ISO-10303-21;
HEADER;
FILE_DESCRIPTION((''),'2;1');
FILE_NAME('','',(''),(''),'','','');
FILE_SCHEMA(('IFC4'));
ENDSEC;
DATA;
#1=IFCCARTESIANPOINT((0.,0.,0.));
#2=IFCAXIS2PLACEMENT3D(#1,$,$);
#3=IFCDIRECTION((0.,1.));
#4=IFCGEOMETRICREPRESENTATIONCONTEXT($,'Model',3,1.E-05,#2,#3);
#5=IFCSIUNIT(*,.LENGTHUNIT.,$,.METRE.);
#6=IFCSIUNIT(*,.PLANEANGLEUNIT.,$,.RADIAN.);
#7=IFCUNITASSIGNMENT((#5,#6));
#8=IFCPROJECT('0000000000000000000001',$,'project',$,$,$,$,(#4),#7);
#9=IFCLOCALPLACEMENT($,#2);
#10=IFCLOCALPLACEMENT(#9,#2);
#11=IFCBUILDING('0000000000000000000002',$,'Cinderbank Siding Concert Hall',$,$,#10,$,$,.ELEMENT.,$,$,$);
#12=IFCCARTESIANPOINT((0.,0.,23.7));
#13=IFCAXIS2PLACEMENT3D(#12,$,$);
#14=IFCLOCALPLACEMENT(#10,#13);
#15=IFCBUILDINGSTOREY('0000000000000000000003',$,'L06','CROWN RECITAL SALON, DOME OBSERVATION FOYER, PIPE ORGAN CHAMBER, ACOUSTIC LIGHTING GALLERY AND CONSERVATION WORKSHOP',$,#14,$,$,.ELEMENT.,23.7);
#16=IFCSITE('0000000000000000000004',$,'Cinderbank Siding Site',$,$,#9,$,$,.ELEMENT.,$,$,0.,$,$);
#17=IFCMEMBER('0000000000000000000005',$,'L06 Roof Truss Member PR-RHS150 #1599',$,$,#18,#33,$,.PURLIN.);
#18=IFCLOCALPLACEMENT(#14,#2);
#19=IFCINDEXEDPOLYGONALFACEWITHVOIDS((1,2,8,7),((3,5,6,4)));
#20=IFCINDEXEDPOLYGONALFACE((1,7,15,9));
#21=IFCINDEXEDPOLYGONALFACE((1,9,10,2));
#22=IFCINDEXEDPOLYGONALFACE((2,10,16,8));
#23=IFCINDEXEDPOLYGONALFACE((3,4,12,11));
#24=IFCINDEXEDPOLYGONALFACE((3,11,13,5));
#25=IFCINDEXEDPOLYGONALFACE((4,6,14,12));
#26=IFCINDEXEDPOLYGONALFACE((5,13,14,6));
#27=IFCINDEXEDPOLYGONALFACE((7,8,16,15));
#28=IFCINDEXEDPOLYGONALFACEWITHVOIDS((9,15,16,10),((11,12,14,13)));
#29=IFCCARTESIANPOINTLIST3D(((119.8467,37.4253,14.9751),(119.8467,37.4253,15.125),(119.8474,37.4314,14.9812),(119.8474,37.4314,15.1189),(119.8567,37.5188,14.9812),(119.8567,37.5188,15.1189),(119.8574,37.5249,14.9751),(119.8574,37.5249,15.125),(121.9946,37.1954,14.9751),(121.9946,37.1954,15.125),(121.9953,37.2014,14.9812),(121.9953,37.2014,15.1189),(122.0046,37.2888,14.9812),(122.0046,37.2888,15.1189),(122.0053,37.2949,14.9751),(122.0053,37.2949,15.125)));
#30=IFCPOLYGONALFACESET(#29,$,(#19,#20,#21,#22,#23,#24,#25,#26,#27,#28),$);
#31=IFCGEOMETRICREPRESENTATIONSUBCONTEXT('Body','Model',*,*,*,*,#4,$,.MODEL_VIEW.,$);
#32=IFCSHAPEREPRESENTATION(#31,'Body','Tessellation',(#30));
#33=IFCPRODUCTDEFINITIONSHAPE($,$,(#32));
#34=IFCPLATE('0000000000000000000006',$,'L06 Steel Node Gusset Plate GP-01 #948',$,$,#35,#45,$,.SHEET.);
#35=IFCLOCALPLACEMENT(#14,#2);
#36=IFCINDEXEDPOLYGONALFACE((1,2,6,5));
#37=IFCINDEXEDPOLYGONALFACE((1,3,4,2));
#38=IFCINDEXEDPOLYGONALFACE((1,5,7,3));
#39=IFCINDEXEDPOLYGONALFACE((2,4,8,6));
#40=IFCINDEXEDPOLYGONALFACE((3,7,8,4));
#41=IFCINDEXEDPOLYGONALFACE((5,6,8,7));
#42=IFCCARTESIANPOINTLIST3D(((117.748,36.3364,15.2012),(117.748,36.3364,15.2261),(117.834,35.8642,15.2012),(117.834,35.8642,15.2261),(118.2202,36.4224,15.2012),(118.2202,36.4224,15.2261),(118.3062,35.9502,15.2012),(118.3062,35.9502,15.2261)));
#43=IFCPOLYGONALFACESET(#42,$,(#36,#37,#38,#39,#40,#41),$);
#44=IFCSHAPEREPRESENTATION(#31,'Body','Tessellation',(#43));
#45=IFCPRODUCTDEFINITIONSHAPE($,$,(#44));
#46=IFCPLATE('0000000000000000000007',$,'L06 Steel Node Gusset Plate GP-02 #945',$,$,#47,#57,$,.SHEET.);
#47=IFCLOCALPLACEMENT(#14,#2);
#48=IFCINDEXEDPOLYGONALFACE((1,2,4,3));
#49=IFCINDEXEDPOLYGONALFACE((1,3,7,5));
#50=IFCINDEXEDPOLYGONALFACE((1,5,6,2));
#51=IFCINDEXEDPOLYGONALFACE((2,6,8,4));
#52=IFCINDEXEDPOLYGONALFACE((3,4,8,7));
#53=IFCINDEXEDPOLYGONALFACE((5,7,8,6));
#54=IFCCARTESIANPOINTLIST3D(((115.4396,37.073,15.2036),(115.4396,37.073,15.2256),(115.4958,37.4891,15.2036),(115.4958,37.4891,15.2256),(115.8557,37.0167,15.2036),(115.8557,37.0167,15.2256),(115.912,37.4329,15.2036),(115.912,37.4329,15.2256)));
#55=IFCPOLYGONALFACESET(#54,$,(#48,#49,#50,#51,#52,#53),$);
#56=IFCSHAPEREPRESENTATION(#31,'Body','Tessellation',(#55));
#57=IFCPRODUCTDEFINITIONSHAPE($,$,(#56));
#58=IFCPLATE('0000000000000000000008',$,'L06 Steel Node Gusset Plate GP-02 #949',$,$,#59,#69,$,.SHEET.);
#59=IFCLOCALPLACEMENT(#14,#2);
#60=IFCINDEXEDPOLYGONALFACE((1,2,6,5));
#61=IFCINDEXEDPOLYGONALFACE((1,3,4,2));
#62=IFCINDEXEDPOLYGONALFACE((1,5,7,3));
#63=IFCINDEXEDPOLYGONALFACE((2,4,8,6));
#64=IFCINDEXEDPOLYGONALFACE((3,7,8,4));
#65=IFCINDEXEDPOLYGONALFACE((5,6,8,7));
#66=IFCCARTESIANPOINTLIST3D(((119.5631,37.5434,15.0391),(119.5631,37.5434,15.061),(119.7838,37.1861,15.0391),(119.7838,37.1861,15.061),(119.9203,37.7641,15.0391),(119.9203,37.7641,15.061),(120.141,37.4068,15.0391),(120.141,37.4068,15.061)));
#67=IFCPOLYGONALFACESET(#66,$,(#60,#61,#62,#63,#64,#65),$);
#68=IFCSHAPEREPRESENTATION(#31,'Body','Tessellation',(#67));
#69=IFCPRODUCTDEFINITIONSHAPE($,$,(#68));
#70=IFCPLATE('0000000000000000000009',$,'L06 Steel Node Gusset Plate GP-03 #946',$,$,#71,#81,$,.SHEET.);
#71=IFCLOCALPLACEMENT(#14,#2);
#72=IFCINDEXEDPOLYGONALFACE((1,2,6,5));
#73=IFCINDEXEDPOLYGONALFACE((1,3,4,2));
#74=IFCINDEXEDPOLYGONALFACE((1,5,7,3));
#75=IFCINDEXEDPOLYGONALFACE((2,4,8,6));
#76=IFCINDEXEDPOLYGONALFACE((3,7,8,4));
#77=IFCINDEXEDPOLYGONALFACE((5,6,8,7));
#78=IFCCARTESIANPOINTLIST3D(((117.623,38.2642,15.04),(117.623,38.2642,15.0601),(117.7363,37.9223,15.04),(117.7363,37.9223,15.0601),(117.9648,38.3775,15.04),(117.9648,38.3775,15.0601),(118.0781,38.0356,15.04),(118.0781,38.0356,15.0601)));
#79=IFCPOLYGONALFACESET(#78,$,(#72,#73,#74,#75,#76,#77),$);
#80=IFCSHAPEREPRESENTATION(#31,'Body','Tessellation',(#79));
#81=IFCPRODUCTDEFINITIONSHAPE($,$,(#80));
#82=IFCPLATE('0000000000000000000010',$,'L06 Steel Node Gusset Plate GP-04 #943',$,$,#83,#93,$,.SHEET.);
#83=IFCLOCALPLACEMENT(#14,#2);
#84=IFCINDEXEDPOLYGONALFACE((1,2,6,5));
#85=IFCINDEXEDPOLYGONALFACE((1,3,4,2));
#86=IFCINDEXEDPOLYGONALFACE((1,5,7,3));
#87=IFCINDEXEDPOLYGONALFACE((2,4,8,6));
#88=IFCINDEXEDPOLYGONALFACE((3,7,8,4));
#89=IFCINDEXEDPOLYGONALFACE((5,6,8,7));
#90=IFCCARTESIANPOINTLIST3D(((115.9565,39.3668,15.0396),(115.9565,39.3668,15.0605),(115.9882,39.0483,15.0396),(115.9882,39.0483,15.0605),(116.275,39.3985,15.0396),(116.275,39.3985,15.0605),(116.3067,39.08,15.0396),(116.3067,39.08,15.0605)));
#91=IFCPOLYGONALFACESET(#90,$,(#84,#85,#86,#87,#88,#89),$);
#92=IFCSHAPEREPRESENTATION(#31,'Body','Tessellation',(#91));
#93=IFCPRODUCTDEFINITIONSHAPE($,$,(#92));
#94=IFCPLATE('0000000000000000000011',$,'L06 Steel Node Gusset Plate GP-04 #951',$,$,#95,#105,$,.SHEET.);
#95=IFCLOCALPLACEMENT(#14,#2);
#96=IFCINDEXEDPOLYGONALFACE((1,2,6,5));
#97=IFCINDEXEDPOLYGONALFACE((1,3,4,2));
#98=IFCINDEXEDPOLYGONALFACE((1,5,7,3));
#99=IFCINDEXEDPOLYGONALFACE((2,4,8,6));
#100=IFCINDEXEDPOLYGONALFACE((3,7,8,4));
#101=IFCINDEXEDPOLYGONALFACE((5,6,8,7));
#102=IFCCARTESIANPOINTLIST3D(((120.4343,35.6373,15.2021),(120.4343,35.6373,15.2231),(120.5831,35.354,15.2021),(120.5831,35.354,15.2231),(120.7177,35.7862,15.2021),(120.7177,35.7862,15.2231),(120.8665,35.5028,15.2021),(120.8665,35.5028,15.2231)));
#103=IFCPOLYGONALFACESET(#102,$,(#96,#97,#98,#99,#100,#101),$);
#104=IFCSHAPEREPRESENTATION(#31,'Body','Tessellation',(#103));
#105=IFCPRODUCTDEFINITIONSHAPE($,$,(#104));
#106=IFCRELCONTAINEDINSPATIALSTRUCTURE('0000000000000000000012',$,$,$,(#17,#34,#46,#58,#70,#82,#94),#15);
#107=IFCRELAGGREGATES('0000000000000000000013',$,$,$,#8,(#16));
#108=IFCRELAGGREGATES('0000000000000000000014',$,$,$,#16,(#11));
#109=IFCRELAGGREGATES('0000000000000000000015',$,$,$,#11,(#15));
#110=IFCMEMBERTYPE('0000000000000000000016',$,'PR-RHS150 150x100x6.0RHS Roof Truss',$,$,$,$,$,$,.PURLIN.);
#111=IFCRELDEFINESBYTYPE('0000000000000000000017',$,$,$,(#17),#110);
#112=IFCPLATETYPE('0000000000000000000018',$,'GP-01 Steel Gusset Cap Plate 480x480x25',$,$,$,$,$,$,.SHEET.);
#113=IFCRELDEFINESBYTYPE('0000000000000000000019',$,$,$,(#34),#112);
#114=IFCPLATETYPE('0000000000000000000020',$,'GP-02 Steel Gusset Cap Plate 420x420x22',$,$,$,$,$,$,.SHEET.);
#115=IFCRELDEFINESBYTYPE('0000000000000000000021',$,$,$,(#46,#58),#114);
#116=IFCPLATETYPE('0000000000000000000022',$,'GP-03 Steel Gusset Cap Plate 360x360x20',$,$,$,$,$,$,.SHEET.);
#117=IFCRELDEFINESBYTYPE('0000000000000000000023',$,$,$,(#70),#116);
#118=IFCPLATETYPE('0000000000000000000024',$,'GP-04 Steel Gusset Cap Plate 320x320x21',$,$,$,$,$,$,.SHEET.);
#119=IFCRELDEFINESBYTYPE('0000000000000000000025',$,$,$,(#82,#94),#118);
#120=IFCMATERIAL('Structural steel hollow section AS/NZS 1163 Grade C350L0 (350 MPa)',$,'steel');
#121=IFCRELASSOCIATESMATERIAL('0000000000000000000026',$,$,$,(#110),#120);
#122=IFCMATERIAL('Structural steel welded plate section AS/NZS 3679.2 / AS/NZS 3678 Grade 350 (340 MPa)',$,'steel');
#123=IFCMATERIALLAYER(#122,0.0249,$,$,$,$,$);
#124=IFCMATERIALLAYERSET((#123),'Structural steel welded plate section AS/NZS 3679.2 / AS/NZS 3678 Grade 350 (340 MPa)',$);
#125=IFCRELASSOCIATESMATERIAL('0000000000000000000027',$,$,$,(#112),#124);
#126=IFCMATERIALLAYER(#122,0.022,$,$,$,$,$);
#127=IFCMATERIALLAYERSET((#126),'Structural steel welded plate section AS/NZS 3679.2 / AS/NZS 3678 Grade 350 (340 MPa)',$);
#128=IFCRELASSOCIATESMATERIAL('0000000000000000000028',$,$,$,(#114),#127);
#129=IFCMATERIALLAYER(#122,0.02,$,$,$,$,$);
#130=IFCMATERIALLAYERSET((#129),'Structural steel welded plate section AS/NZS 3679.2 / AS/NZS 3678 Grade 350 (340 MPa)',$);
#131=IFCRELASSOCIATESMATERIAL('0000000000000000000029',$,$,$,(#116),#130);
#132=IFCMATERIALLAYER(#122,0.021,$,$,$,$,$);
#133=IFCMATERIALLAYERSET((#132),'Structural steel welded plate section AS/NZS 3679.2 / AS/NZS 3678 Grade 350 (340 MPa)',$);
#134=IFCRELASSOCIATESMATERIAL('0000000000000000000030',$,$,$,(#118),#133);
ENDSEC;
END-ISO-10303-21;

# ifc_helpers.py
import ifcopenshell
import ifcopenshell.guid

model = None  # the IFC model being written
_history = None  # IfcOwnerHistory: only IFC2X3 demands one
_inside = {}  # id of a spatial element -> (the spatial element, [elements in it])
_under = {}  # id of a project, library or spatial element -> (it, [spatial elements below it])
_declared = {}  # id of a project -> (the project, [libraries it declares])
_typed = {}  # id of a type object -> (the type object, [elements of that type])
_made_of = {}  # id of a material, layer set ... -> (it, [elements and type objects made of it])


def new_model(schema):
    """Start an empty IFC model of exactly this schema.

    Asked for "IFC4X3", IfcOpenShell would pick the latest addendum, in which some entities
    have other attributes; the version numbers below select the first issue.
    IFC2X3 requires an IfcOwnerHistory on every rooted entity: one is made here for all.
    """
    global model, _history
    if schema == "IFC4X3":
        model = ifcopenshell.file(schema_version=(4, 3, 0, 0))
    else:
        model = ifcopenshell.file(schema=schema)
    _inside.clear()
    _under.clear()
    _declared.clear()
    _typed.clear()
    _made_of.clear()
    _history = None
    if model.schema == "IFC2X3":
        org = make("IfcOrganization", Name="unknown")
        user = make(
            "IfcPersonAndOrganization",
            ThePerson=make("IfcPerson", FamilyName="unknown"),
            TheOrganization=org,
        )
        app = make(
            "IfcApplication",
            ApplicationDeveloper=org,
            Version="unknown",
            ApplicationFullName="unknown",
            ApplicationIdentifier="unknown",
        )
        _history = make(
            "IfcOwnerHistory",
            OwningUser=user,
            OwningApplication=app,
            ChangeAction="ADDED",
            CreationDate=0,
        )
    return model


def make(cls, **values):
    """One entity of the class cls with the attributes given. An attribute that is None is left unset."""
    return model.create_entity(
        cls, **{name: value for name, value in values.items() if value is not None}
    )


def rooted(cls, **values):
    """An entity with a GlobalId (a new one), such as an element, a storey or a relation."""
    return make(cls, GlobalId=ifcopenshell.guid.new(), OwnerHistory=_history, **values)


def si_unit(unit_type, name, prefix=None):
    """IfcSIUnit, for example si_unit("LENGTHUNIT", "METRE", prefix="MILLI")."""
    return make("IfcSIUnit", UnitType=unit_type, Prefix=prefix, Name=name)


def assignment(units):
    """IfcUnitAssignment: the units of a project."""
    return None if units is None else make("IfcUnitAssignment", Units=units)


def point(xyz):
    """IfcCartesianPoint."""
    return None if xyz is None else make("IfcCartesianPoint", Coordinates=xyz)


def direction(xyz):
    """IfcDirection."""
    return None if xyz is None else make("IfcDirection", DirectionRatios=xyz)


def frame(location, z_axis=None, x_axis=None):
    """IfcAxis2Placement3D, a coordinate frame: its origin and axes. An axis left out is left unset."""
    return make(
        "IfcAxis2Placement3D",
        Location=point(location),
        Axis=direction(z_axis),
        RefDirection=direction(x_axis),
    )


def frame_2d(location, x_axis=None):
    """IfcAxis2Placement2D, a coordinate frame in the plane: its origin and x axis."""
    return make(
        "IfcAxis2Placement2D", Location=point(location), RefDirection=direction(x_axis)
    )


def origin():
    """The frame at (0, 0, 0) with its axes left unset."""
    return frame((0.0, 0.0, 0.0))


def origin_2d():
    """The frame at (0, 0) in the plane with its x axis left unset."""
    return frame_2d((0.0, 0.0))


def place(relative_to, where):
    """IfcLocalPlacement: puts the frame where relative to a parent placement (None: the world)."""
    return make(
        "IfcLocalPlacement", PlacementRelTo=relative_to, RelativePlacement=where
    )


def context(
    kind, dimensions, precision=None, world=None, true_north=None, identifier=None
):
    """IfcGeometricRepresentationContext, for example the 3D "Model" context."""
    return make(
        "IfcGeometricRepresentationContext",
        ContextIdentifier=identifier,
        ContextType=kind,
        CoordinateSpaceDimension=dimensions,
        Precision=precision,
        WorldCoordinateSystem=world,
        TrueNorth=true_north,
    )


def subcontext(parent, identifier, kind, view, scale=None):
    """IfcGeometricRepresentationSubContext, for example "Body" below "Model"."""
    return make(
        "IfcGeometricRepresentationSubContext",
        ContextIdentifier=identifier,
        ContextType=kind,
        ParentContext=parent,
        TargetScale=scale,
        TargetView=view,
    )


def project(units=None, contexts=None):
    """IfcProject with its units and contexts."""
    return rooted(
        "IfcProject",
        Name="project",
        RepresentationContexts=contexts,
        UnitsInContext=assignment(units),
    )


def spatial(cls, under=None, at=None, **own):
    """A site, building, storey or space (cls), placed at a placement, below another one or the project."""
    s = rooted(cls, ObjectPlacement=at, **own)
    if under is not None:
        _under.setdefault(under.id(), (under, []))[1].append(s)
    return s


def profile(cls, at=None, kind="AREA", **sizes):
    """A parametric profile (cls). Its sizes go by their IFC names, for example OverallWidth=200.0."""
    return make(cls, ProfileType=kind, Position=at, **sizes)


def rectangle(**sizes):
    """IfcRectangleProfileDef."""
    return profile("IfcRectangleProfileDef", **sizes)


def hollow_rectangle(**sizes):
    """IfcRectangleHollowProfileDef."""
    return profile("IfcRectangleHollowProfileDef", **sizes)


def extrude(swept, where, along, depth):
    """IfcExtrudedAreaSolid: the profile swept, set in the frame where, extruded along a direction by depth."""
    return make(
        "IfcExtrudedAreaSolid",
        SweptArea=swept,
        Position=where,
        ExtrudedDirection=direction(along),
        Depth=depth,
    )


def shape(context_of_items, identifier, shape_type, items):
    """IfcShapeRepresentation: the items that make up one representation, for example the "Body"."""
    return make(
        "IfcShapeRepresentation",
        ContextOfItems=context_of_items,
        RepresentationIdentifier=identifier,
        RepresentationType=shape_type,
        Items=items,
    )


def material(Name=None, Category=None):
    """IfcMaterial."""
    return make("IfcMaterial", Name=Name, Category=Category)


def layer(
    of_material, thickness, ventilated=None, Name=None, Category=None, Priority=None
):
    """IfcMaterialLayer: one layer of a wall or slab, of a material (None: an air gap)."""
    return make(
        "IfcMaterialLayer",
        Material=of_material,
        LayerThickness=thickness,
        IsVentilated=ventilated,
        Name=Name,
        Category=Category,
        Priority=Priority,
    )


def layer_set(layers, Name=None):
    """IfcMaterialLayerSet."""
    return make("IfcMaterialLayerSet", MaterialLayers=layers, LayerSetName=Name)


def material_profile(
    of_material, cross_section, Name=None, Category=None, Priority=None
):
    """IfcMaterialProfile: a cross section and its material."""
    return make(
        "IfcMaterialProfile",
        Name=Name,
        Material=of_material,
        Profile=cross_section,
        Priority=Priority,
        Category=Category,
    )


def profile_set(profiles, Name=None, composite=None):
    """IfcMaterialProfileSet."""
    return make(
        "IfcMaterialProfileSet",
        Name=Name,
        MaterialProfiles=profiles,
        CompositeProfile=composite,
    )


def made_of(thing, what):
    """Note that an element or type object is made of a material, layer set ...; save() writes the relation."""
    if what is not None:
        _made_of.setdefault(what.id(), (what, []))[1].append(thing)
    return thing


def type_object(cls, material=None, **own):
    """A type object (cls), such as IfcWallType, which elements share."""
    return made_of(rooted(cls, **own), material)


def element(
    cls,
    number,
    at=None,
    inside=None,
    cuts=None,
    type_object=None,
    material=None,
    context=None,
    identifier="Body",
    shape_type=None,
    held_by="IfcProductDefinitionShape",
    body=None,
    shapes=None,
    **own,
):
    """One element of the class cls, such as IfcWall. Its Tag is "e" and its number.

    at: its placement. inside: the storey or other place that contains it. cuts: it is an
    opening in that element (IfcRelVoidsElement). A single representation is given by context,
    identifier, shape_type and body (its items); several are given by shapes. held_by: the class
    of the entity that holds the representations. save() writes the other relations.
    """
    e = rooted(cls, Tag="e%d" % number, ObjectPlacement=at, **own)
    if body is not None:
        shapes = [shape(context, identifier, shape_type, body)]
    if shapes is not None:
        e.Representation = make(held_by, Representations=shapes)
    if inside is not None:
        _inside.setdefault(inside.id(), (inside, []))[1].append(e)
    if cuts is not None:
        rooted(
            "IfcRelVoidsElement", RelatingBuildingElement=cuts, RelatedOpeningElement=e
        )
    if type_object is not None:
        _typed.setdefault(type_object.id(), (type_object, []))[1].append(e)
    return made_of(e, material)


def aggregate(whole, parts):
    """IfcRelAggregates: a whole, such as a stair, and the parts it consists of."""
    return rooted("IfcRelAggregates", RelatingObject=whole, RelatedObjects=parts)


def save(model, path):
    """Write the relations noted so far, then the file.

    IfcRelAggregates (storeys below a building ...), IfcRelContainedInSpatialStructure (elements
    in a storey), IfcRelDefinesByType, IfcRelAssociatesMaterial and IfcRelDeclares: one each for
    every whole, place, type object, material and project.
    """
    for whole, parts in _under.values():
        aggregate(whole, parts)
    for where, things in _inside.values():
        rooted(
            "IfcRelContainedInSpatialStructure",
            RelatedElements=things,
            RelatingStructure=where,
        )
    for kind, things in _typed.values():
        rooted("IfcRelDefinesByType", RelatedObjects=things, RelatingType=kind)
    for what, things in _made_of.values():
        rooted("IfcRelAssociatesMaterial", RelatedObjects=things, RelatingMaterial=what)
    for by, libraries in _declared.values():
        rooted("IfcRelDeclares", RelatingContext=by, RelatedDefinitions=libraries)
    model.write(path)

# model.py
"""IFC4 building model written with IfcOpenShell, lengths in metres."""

from ifc_helpers import new_model, si_unit, direction, frame, origin, origin_2d, place, context, subcontext, project, spatial, rectangle, hollow_rectangle, extrude, material, layer, layer_set, material_profile, profile_set, type_object, element, save


model = new_model("IFC4")

# Units and contexts
model_context = context("Model", 3, precision=1e-05, world=origin(), true_north=direction((0.0, 1.0)))
body_context = subcontext(model_context, "Body", "Model", "MODEL_VIEW")
ifc_project = project(units=[si_unit("LENGTHUNIT", "METRE"), si_unit("PLANEANGLEUNIT", "RADIAN")], contexts=[model_context])

# Site, building, storey
site_placement = place(None, origin())
site = spatial("IfcSite", under=ifc_project, at=site_placement, Name="Cinderbank Siding Site", CompositionType="ELEMENT", RefElevation=0.0)
building_placement = place(site_placement, origin())
building = spatial("IfcBuilding", under=site, at=building_placement, Name="Cinderbank Siding Concert Hall", CompositionType="ELEMENT")
storey_placement = place(building_placement, frame((0.0, 0.0, 23.7)))
storey = spatial("IfcBuildingStorey", under=building, at=storey_placement, Name="L06", Description="CROWN RECITAL SALON, DOME OBSERVATION FOYER, PIPE ORGAN CHAMBER, ACOUSTIC LIGHTING GALLERY AND CONSERVATION WORKSHOP", CompositionType="ELEMENT", Elevation=23.7)

# Member
ifc_material_1 = material(Name="Structural steel hollow section AS/NZS 1163 Grade C350L0 (350 MPa)", Category="steel")
ifc_material_profile_1 = material_profile(ifc_material_1, hollow_rectangle(XDim=0.1001, YDim=0.1499, WallThickness=0.0061, at=origin_2d()), Name="150x100x6.0RHS", Category="LoadBearing")
ifc_profile_set_1 = profile_set([ifc_material_profile_1], Name="Structural steel hollow section AS/NZS 1163 Grade C350L0 (350 MPa)")
member_type_1 = type_object("IfcMemberType", Name="PR-RHS150 150x100x6.0RHS Roof Truss", PredefinedType="PURLIN", material=ifc_profile_set_1)
member_1_placement = place(storey_placement, frame((119.8521, 37.4751, 15.05), z_axis=(0.994317, -0.106461, 0.0), x_axis=(0.106461, 0.994317, 0.0)))
element("IfcMember", 1, at=member_1_placement, inside=storey, type_object=member_type_1, Name="L06 Roof Truss Member PR-RHS150 #1599", PredefinedType="PURLIN", context=body_context, shape_type="SweptSolid", body=[
    extrude(hollow_rectangle(XDim=0.1001, YDim=0.1499, WallThickness=0.0061, at=origin_2d()), origin(), (0.0, 0.0, 1.0), 2.1602),
])

# Plates
ifc_material_2 = material(Name="Structural steel welded plate section AS/NZS 3679.2 / AS/NZS 3678 Grade 350 (340 MPa)", Category="steel")
ifc_layer_1 = layer(ifc_material_2, 0.0249)
ifc_layer_set_1 = layer_set([ifc_layer_1], Name="Structural steel welded plate section AS/NZS 3679.2 / AS/NZS 3678 Grade 350 (340 MPa)")
plate_type_1 = type_object("IfcPlateType", Name="GP-01 Steel Gusset Cap Plate 480x480x25", PredefinedType="SHEET", material=ifc_layer_set_1)
plate_1_placement = place(storey_placement, frame((118.0271, 36.1433, 15.2012), z_axis=(0.0, 0.0, 1.0), x_axis=(-0.179317, 0.983791, 0.0)))
element("IfcPlate", 2, at=plate_1_placement, inside=storey, type_object=plate_type_1, Name="L06 Steel Node Gusset Plate GP-01 #948", PredefinedType="SHEET", context=body_context, shape_type="SweptSolid", body=[
    extrude(rectangle(XDim=0.48, YDim=0.48, at=origin_2d()), origin(), (0.0, 0.0, 1.0), 0.0249),
])
ifc_layer_2 = layer(ifc_material_2, 0.022)
ifc_layer_set_2 = layer_set([ifc_layer_2], Name="Structural steel welded plate section AS/NZS 3679.2 / AS/NZS 3678 Grade 350 (340 MPa)")
plate_type_2 = type_object("IfcPlateType", Name="GP-02 Steel Gusset Cap Plate 420x420x22", PredefinedType="SHEET", material=ifc_layer_set_2)
for number, where, z_axis, x_axis, name in (
    (3, (115.6758, 37.2529, 15.2036), (0.0, 0.0, 1.0), (0.133986, 0.990983, 0.0), "L06 Steel Node Gusset Plate GP-02 #945"),
    (4, (119.8521, 37.4751, 15.0391), (0.0, 0.0, 1.0), (0.850719, 0.52562, 0.0), "L06 Steel Node Gusset Plate GP-02 #949"),
):
    element("IfcPlate", number, at=place(storey_placement, frame(where, z_axis=z_axis, x_axis=x_axis)), inside=storey, type_object=plate_type_2, Name=name, PredefinedType="SHEET", context=body_context, shape_type="SweptSolid", body=[
        extrude(rectangle(XDim=0.4199, YDim=0.4199, at=origin_2d()), origin(), (0.0, 0.0, 1.0), 0.022),
    ])
ifc_layer_3 = layer(ifc_material_2, 0.02)
ifc_layer_set_3 = layer_set([ifc_layer_3], Name="Structural steel welded plate section AS/NZS 3679.2 / AS/NZS 3678 Grade 350 (340 MPa)")
plate_type_3 = type_object("IfcPlateType", Name="GP-03 Steel Gusset Cap Plate 360x360x20", PredefinedType="SHEET", material=ifc_layer_set_3)
plate_2_placement = place(storey_placement, frame((117.8506, 38.1499, 15.04), z_axis=(0.0, 0.0, 1.0), x_axis=(0.949206, 0.314655, 0.0)))
element("IfcPlate", 5, at=plate_2_placement, inside=storey, type_object=plate_type_3, Name="L06 Steel Node Gusset Plate GP-03 #946", PredefinedType="SHEET", context=body_context, shape_type="SweptSolid", body=[
    extrude(rectangle(XDim=0.3601, YDim=0.3601, at=origin_2d()), origin(), (0.0, 0.0, 1.0), 0.02),
])
ifc_layer_4 = layer(ifc_material_2, 0.021)
ifc_layer_set_4 = layer_set([ifc_layer_4], Name="Structural steel welded plate section AS/NZS 3679.2 / AS/NZS 3678 Grade 350 (340 MPa)")
plate_type_4 = type_object("IfcPlateType", Name="GP-04 Steel Gusset Cap Plate 320x320x21", PredefinedType="SHEET", material=ifc_layer_set_4)
for number, where, z_axis, x_axis, name in (
    (6, (116.1316, 39.2234, 15.0396), (0.0, 0.0, 1.0), (0.995073, 0.099146, 0.0), "L06 Steel Node Gusset Plate GP-04 #943"),
    (7, (120.6504, 35.5701, 15.2021), (0.0, 0.0, 1.0), (-0.464997, 0.885312, 0.0), "L06 Steel Node Gusset Plate GP-04 #951"),
):
    element("IfcPlate", number, at=place(storey_placement, frame(where, z_axis=z_axis, x_axis=x_axis)), inside=storey, type_object=plate_type_4, Name=name, PredefinedType="SHEET", context=body_context, shape_type="SweptSolid", body=[
        extrude(rectangle(XDim=0.3201, YDim=0.3201, at=origin_2d()), origin(), (0.0, 0.0, 1.0), 0.021),
    ])

save(model, "model.ifc")
